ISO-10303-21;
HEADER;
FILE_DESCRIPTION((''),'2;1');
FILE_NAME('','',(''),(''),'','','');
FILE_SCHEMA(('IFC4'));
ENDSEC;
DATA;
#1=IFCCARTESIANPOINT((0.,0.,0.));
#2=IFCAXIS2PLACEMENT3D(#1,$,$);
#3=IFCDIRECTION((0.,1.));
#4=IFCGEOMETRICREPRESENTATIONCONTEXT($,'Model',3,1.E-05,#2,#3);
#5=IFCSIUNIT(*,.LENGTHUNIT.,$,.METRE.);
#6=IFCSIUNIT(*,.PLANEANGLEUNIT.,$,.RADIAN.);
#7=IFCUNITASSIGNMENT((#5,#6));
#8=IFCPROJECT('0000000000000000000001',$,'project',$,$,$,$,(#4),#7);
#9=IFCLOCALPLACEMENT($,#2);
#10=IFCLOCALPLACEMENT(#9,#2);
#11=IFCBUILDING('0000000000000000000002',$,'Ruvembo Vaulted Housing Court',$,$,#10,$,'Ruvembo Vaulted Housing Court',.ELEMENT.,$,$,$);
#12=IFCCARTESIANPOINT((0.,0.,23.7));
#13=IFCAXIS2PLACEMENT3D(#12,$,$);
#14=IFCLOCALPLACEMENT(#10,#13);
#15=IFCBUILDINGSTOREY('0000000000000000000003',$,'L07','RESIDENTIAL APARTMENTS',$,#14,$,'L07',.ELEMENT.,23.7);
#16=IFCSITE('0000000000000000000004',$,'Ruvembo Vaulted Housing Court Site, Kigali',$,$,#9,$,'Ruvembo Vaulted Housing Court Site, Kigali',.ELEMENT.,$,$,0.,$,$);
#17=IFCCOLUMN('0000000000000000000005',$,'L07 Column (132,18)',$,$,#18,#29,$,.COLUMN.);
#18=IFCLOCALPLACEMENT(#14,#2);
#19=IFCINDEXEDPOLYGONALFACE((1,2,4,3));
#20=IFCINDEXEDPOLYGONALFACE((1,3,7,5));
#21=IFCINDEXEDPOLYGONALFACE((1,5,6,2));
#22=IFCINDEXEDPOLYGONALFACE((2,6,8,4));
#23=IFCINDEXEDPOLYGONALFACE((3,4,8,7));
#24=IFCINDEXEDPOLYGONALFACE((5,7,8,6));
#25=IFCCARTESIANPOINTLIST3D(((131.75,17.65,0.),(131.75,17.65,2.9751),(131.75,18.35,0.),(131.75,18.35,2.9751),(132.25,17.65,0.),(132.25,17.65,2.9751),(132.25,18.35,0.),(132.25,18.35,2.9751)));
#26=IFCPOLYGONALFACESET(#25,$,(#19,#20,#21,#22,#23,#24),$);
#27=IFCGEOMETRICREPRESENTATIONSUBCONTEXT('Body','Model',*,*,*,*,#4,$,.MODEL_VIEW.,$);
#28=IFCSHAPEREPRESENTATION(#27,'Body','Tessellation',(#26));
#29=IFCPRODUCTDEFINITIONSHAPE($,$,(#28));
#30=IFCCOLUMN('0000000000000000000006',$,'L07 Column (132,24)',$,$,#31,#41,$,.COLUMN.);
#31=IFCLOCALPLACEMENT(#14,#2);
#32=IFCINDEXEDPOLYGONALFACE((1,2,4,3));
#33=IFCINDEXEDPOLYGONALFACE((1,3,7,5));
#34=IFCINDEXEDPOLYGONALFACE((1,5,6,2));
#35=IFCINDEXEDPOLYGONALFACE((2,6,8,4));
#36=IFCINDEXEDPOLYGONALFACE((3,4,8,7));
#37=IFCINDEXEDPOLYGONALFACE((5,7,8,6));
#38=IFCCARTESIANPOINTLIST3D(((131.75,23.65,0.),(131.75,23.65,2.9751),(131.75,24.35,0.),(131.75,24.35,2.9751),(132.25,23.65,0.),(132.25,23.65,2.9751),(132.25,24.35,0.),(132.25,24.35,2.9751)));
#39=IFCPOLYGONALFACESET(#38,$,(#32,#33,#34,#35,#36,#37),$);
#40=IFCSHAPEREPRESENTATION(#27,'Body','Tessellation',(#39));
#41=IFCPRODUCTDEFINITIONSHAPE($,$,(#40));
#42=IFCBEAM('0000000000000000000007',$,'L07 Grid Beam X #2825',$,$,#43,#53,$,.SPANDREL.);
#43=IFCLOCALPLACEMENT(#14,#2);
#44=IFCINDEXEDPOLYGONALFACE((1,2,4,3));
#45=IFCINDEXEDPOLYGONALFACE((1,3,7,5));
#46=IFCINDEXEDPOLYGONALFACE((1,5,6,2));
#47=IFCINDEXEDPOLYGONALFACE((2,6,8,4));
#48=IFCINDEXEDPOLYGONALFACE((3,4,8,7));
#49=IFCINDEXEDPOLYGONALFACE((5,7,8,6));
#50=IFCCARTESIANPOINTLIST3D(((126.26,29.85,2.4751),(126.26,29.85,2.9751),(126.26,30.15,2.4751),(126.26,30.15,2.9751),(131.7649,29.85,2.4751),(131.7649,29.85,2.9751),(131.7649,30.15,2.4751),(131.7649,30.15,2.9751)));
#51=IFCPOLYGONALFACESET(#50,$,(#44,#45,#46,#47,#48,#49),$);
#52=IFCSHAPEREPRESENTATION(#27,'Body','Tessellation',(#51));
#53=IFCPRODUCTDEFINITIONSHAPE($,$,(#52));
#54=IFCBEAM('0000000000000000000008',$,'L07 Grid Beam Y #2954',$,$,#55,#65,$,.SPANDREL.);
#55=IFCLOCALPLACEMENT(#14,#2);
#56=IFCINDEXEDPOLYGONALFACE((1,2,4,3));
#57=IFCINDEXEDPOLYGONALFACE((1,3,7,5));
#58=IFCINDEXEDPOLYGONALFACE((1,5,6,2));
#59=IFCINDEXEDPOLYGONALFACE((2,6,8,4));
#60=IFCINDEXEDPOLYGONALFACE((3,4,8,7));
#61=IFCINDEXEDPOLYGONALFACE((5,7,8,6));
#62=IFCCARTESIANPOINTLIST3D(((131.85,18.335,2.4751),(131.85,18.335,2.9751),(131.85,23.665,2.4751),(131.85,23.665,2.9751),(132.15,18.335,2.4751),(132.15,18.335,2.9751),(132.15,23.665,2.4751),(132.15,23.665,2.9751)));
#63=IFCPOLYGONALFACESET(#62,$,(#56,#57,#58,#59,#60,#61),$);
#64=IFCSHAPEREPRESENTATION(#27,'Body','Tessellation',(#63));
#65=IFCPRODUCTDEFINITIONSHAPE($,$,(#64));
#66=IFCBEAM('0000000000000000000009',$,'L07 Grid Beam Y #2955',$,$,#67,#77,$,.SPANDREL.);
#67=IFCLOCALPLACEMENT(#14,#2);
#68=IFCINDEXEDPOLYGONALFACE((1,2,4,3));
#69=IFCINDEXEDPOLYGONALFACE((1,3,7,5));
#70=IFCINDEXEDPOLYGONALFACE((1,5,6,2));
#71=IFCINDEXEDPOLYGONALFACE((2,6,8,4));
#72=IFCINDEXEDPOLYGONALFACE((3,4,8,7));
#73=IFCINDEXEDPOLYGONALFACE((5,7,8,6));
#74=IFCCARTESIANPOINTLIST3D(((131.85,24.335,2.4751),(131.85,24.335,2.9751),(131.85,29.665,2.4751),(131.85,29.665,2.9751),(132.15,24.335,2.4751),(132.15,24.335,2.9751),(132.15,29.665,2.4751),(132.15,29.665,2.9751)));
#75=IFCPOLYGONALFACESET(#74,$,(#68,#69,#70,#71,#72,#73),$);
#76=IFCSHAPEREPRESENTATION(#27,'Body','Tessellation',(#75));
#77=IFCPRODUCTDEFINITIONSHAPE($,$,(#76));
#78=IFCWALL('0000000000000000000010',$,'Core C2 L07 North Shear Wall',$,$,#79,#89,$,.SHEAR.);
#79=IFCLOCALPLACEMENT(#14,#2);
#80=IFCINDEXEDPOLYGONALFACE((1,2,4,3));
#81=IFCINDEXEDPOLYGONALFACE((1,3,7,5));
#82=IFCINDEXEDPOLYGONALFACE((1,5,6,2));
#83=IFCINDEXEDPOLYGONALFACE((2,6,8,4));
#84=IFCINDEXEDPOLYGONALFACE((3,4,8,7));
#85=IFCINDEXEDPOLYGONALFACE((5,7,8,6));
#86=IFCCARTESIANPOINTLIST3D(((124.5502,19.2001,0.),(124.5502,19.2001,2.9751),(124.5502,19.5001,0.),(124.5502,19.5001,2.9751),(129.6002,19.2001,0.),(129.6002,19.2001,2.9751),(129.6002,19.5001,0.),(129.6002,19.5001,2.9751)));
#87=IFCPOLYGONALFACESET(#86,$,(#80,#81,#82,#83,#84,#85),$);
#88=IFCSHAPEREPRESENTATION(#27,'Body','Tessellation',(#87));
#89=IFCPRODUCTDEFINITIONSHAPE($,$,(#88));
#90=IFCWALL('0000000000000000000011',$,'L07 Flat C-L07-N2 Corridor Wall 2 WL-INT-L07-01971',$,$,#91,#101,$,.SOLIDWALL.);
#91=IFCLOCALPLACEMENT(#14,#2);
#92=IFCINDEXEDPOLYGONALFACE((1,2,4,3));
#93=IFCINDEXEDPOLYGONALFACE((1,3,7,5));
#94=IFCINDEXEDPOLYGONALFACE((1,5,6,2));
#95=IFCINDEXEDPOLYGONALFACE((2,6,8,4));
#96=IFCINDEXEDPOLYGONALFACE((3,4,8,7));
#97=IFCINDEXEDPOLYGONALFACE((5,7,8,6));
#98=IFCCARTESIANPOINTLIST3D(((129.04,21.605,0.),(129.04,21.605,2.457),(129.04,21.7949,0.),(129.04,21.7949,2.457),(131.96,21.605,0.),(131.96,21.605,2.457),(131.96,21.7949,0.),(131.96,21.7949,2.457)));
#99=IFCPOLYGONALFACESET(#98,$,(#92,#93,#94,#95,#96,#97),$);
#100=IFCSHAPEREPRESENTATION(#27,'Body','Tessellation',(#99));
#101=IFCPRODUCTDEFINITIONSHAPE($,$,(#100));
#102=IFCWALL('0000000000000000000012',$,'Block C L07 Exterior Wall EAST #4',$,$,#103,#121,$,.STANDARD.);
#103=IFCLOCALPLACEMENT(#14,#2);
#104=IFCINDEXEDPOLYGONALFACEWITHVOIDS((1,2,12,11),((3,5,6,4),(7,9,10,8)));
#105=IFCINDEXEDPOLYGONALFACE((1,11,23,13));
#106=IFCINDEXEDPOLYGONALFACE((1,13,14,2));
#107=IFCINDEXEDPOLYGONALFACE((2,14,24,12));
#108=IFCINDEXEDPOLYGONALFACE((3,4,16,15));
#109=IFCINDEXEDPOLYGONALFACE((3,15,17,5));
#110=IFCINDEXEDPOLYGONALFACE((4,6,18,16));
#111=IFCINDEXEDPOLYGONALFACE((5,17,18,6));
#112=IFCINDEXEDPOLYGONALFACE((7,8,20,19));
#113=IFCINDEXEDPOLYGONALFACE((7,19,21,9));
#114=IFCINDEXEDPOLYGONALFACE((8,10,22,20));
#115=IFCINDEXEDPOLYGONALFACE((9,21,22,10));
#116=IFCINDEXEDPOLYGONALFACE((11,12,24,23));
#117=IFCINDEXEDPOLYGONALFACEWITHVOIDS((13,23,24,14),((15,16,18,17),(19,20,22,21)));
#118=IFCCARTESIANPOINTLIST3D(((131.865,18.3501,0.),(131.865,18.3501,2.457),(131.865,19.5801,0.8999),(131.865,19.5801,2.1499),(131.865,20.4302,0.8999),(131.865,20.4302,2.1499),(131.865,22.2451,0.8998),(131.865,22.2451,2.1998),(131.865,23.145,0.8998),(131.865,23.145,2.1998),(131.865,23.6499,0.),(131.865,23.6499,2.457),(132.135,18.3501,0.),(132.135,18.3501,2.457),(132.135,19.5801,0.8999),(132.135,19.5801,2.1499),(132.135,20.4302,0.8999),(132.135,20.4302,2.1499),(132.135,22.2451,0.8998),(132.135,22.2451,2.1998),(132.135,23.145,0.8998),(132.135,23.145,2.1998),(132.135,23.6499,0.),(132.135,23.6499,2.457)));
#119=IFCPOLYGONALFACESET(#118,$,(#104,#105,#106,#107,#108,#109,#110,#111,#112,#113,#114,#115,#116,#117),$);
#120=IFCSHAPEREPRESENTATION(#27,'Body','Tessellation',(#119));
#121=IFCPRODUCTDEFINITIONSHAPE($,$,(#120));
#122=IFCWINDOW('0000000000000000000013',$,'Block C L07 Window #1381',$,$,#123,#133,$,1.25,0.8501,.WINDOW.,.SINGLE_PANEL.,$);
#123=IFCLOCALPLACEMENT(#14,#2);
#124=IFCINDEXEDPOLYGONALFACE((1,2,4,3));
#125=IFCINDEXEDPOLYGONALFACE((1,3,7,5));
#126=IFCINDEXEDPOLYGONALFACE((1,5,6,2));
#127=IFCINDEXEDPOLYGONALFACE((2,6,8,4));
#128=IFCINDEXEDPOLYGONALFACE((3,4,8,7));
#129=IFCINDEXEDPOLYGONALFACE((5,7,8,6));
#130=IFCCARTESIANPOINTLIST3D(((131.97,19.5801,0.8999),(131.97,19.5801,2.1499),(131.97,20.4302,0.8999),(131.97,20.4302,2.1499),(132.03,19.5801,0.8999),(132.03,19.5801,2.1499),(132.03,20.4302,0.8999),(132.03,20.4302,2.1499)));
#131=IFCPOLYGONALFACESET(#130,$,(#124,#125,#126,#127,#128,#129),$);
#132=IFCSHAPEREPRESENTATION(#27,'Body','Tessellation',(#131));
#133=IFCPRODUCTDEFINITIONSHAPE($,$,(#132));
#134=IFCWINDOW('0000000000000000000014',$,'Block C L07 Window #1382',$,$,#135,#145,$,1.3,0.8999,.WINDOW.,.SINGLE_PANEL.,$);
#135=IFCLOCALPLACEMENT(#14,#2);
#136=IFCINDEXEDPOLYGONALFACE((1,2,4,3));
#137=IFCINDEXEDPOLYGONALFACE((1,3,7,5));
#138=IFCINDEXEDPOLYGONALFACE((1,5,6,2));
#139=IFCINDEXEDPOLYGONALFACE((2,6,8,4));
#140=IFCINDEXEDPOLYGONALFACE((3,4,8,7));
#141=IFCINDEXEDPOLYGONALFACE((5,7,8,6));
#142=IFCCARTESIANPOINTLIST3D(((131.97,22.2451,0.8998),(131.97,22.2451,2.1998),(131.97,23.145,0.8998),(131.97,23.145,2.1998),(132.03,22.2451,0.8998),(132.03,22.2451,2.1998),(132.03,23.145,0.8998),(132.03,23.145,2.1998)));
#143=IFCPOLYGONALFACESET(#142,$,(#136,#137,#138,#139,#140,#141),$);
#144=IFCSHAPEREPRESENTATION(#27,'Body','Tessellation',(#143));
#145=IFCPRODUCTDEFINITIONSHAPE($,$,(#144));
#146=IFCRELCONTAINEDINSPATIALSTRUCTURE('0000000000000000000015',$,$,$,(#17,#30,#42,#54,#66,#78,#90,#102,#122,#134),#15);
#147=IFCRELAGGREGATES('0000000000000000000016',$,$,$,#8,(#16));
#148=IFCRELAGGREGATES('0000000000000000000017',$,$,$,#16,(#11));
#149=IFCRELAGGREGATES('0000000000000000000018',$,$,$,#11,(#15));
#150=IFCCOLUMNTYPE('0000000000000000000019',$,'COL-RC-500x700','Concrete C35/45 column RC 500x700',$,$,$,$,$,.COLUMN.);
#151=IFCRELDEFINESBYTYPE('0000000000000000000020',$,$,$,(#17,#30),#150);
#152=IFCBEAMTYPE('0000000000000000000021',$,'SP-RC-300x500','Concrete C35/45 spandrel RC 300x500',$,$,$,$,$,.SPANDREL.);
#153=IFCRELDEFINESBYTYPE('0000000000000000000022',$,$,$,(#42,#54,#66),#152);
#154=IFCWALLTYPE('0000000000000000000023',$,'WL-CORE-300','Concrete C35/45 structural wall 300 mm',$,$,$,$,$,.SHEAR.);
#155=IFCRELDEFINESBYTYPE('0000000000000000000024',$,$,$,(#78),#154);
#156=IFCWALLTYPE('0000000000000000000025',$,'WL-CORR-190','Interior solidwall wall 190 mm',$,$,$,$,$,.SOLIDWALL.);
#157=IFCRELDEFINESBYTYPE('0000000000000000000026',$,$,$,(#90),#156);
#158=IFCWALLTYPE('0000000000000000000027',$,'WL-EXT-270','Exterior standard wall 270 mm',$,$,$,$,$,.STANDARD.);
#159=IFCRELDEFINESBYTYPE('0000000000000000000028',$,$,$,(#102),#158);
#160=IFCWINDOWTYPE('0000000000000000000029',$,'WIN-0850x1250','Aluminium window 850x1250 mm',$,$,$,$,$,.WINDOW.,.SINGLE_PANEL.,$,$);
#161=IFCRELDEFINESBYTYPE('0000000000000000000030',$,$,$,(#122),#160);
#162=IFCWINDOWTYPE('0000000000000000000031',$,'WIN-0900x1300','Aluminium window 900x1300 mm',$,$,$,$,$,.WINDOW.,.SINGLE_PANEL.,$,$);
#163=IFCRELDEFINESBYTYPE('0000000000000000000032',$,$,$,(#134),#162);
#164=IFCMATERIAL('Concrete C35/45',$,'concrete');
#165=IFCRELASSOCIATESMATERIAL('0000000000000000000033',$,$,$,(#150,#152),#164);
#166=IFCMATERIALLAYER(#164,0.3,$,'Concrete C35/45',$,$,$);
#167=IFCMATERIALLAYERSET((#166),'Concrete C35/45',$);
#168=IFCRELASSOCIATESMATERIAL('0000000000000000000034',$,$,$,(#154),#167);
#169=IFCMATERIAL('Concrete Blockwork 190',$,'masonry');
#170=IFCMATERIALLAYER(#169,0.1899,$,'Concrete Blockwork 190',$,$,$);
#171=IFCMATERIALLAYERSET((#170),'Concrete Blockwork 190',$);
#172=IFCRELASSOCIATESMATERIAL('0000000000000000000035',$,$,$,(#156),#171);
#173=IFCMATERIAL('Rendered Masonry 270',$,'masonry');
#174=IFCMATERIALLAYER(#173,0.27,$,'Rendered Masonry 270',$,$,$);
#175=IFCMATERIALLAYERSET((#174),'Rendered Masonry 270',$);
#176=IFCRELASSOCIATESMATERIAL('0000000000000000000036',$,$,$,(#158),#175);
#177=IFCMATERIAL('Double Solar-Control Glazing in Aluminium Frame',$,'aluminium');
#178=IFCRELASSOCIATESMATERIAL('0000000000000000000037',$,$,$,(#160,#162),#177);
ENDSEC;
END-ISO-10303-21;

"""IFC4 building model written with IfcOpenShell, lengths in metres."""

from ifc_helpers import new_model, si_unit, direction, frame, frame_2d, origin, origin_2d, place, context, subcontext, project, spatial, rectangle, extrude, material, layer, layer_set, material_profile, profile_set, type_object, element, fill, save


model = new_model("IFC4")

# Units and contexts
model_context = context("Model", 3, precision=1e-05, world=origin(), true_north=direction((0.0, 1.0)))
body_context = subcontext(model_context, "Body", "Model", "MODEL_VIEW")
ifc_project = project(units=[si_unit("LENGTHUNIT", "METRE"), si_unit("PLANEANGLEUNIT", "RADIAN")], contexts=[model_context])

# Site, building, storey
site_placement = place(None, origin())
site = spatial("IfcSite", under=ifc_project, at=site_placement, Name="Ruvembo Vaulted Housing Court Site, Kigali", LongName="Ruvembo Vaulted Housing Court Site, Kigali", CompositionType="ELEMENT", RefElevation=0.0)
building_placement = place(site_placement, origin())
building = spatial("IfcBuilding", under=site, at=building_placement, Name="Ruvembo Vaulted Housing Court", LongName="Ruvembo Vaulted Housing Court", CompositionType="ELEMENT")
storey_placement = place(building_placement, frame((0.0, 0.0, 23.7)))
storey = spatial("IfcBuildingStorey", under=building, at=storey_placement, Name="L07", Description="RESIDENTIAL APARTMENTS", LongName="L07", CompositionType="ELEMENT", Elevation=23.7)

# Columns
ifc_material_1 = material(Name="Concrete C35/45", Category="concrete")
ifc_material_profile_1 = material_profile(ifc_material_1, rectangle(XDim=0.5, YDim=0.7, at=origin_2d()), Name="RC 500x700")
ifc_profile_set_1 = profile_set([ifc_material_profile_1], Name="Concrete C35/45")
column_type = type_object("IfcColumnType", Name="COL-RC-500x700", Description="Concrete C35/45 column RC 500x700", PredefinedType="COLUMN", material=ifc_profile_set_1)
for number, where, z_axis, x_axis, name in (
    (1, (132.0, 18.0, 0.0), (0.0, 0.0, 1.0), (1.0, 0.0, 0.0), "L07 Column (132,18)"),
    (2, (132.0, 24.0, 0.0), (0.0, 0.0, 1.0), (1.0, 0.0, 0.0), "L07 Column (132,24)"),
):
    element("IfcColumn", number, at=place(storey_placement, frame(where, z_axis=z_axis, x_axis=x_axis)), inside=storey, type_object=column_type, Name=name, PredefinedType="COLUMN", context=body_context, shape_type="SweptSolid", body=[
        extrude(rectangle(XDim=0.5, YDim=0.7, at=origin_2d()), origin(), (0.0, 0.0, 1.0), 2.9751),
    ])

# Beams
ifc_material_profile_2 = material_profile(ifc_material_1, rectangle(XDim=0.3, YDim=0.5, at=origin_2d()), Name="RC 300x500")
ifc_profile_set_2 = profile_set([ifc_material_profile_2], Name="Concrete C35/45")
beam_type = type_object("IfcBeamType", Name="SP-RC-300x500", Description="Concrete C35/45 spandrel RC 300x500", PredefinedType="SPANDREL", material=ifc_profile_set_2)
beam_placement = place(storey_placement, frame((126.26, 30.0, 2.7251), z_axis=(1.0, 0.0, 0.0), x_axis=(0.0, 1.0, 0.0)))
element("IfcBeam", 3, at=beam_placement, inside=storey, type_object=beam_type, Name="L07 Grid Beam X #2825", PredefinedType="SPANDREL", context=body_context, shape_type="SweptSolid", body=[
    extrude(rectangle(XDim=0.3, YDim=0.5, at=origin_2d()), origin(), (0.0, 0.0, 1.0), 5.5049),
])
for number, where, z_axis, x_axis, name in (
    (4, (132.0, 18.335, 2.7251), (0.0, 1.0, 0.0), (-1.0, 0.0, 0.0), "L07 Grid Beam Y #2954"),
    (5, (132.0, 24.335, 2.7251), (0.0, 1.0, 0.0), (-1.0, 0.0, 0.0), "L07 Grid Beam Y #2955"),
):
    element("IfcBeam", number, at=place(storey_placement, frame(where, z_axis=z_axis, x_axis=x_axis)), inside=storey, type_object=beam_type, Name=name, PredefinedType="SPANDREL", context=body_context, shape_type="SweptSolid", body=[
        extrude(rectangle(XDim=0.3, YDim=0.5, at=origin_2d()), origin(), (0.0, 0.0, 1.0), 5.3301),
    ])

# Walls
ifc_layer_1 = layer(ifc_material_1, 0.3, Name="Concrete C35/45")
ifc_layer_set_1 = layer_set([ifc_layer_1], Name="Concrete C35/45")
wall_type_1 = type_object("IfcWallType", Name="WL-CORE-300", Description="Concrete C35/45 structural wall 300 mm", PredefinedType="SHEAR", material=ifc_layer_set_1)
wall_1_placement = place(storey_placement, frame((129.6001, 19.3501, 0.0), z_axis=(0.0, 0.0, 1.0), x_axis=(-1.0, 0.0, 0.0)))
element("IfcWall", 6, at=wall_1_placement, inside=storey, type_object=wall_type_1, Name="Core C2 L07 North Shear Wall", PredefinedType="SHEAR", context=body_context, shape_type="SweptSolid", body=[
    extrude(rectangle(XDim=5.05, YDim=0.3, at=frame_2d((2.5249, 0.0))), origin(), (0.0, 0.0, 1.0), 2.9751),
])
ifc_material_2 = material(Name="Concrete Blockwork 190", Category="masonry")
ifc_layer_2 = layer(ifc_material_2, 0.1899, Name="Concrete Blockwork 190")
ifc_layer_set_2 = layer_set([ifc_layer_2], Name="Concrete Blockwork 190")
wall_type_2 = type_object("IfcWallType", Name="WL-CORR-190", Description="Interior solidwall wall 190 mm", PredefinedType="SOLIDWALL", material=ifc_layer_set_2)
wall_2_placement = place(storey_placement, frame((129.04, 21.7, 0.0), z_axis=(0.0, 0.0, 1.0), x_axis=(1.0, 0.0, 0.0)))
element("IfcWall", 7, at=wall_2_placement, inside=storey, type_object=wall_type_2, Name="L07 Flat C-L07-N2 Corridor Wall 2 WL-INT-L07-01971", PredefinedType="SOLIDWALL", context=body_context, shape_type="SweptSolid", body=[
    extrude(rectangle(XDim=2.9199, YDim=0.1899, at=frame_2d((1.46, 0.0))), origin(), (0.0, 0.0, 1.0), 2.457),
])

# Wall, openings, windows
ifc_material_3 = material(Name="Rendered Masonry 270", Category="masonry")
ifc_layer_3 = layer(ifc_material_3, 0.27, Name="Rendered Masonry 270")
ifc_layer_set_3 = layer_set([ifc_layer_3], Name="Rendered Masonry 270")
wall_type_3 = type_object("IfcWallType", Name="WL-EXT-270", Description="Exterior standard wall 270 mm", PredefinedType="STANDARD", material=ifc_layer_set_3)
wall_3_placement = place(storey_placement, frame((132.0, 18.3501, 0.0), z_axis=(0.0, 0.0, 1.0), x_axis=(0.0, 1.0, 0.0)))
wall_3 = element("IfcWall", 8, at=wall_3_placement, inside=storey, type_object=wall_type_3, Name="Block C L07 Exterior Wall EAST #4", PredefinedType="STANDARD", context=body_context, shape_type="SweptSolid", body=[
    extrude(rectangle(XDim=5.2998, YDim=0.27, at=frame_2d((2.6499, 0.0))), origin(), (0.0, 0.0, 1.0), 2.457),
])
opening_1_placement = place(wall_3_placement, frame((1.23, 0.0, 0.8999)))
opening_1 = element("IfcOpeningElement", 9, at=opening_1_placement, cuts=wall_3, PredefinedType="OPENING", context=body_context, shape_type="SweptSolid", body=[
    extrude(rectangle(XDim=0.8501, YDim=1.25, at=frame_2d((0.425, 0.625))), frame((0.0, 0.145, 0.0), z_axis=(0.0, -1.0, 0.0), x_axis=(1.0, 0.0, 0.0)), (0.0, 0.0, 1.0), 0.29),
])
opening_2_placement = place(wall_3_placement, frame((3.895, 0.0, 0.8999)))
opening_2 = element("IfcOpeningElement", 10, at=opening_2_placement, cuts=wall_3, PredefinedType="OPENING", context=body_context, shape_type="SweptSolid", body=[
    extrude(rectangle(XDim=0.8999, YDim=1.3, at=frame_2d((0.45, 0.6499))), frame((0.0, 0.145, 0.0), z_axis=(0.0, -1.0, 0.0), x_axis=(1.0, 0.0, 0.0)), (0.0, 0.0, 1.0), 0.29),
])
ifc_material_4 = material(Name="Double Solar-Control Glazing in Aluminium Frame", Category="aluminium")
window_type_1 = type_object("IfcWindowType", Name="WIN-0850x1250", Description="Aluminium window 850x1250 mm", PartitioningType="SINGLE_PANEL", PredefinedType="WINDOW", material=ifc_material_4)
window_1_placement = place(opening_1_placement, origin())
window_1 = element("IfcWindow", 11, at=window_1_placement, inside=storey, type_object=window_type_1, Name="Block C L07 Window #1381", OverallHeight=1.25, OverallWidth=0.8501, PartitioningType="SINGLE_PANEL", PredefinedType="WINDOW", context=body_context, shape_type="SweptSolid", body=[
    extrude(rectangle(XDim=0.8501, YDim=1.25, at=frame_2d((0.425, 0.625))), frame((0.0, 0.03, 0.0), z_axis=(0.0, -1.0, 0.0), x_axis=(1.0, 0.0, 0.0)), (0.0, 0.0, 1.0), 0.0601),
])
fill(opening_1, window_1)
window_type_2 = type_object("IfcWindowType", Name="WIN-0900x1300", Description="Aluminium window 900x1300 mm", PartitioningType="SINGLE_PANEL", PredefinedType="WINDOW", material=ifc_material_4)
window_2_placement = place(opening_2_placement, origin())
window_2 = element("IfcWindow", 12, at=window_2_placement, inside=storey, type_object=window_type_2, Name="Block C L07 Window #1382", OverallHeight=1.3, OverallWidth=0.8999, PartitioningType="SINGLE_PANEL", PredefinedType="WINDOW", context=body_context, shape_type="SweptSolid", body=[
    extrude(rectangle(XDim=0.8999, YDim=1.3, at=frame_2d((0.45, 0.6499))), frame((0.0, 0.03, 0.0), z_axis=(0.0, -1.0, 0.0), x_axis=(1.0, 0.0, 0.0)), (0.0, 0.0, 1.0), 0.0601),
])
fill(opening_2, window_2)

save(model, "model.ifc")
